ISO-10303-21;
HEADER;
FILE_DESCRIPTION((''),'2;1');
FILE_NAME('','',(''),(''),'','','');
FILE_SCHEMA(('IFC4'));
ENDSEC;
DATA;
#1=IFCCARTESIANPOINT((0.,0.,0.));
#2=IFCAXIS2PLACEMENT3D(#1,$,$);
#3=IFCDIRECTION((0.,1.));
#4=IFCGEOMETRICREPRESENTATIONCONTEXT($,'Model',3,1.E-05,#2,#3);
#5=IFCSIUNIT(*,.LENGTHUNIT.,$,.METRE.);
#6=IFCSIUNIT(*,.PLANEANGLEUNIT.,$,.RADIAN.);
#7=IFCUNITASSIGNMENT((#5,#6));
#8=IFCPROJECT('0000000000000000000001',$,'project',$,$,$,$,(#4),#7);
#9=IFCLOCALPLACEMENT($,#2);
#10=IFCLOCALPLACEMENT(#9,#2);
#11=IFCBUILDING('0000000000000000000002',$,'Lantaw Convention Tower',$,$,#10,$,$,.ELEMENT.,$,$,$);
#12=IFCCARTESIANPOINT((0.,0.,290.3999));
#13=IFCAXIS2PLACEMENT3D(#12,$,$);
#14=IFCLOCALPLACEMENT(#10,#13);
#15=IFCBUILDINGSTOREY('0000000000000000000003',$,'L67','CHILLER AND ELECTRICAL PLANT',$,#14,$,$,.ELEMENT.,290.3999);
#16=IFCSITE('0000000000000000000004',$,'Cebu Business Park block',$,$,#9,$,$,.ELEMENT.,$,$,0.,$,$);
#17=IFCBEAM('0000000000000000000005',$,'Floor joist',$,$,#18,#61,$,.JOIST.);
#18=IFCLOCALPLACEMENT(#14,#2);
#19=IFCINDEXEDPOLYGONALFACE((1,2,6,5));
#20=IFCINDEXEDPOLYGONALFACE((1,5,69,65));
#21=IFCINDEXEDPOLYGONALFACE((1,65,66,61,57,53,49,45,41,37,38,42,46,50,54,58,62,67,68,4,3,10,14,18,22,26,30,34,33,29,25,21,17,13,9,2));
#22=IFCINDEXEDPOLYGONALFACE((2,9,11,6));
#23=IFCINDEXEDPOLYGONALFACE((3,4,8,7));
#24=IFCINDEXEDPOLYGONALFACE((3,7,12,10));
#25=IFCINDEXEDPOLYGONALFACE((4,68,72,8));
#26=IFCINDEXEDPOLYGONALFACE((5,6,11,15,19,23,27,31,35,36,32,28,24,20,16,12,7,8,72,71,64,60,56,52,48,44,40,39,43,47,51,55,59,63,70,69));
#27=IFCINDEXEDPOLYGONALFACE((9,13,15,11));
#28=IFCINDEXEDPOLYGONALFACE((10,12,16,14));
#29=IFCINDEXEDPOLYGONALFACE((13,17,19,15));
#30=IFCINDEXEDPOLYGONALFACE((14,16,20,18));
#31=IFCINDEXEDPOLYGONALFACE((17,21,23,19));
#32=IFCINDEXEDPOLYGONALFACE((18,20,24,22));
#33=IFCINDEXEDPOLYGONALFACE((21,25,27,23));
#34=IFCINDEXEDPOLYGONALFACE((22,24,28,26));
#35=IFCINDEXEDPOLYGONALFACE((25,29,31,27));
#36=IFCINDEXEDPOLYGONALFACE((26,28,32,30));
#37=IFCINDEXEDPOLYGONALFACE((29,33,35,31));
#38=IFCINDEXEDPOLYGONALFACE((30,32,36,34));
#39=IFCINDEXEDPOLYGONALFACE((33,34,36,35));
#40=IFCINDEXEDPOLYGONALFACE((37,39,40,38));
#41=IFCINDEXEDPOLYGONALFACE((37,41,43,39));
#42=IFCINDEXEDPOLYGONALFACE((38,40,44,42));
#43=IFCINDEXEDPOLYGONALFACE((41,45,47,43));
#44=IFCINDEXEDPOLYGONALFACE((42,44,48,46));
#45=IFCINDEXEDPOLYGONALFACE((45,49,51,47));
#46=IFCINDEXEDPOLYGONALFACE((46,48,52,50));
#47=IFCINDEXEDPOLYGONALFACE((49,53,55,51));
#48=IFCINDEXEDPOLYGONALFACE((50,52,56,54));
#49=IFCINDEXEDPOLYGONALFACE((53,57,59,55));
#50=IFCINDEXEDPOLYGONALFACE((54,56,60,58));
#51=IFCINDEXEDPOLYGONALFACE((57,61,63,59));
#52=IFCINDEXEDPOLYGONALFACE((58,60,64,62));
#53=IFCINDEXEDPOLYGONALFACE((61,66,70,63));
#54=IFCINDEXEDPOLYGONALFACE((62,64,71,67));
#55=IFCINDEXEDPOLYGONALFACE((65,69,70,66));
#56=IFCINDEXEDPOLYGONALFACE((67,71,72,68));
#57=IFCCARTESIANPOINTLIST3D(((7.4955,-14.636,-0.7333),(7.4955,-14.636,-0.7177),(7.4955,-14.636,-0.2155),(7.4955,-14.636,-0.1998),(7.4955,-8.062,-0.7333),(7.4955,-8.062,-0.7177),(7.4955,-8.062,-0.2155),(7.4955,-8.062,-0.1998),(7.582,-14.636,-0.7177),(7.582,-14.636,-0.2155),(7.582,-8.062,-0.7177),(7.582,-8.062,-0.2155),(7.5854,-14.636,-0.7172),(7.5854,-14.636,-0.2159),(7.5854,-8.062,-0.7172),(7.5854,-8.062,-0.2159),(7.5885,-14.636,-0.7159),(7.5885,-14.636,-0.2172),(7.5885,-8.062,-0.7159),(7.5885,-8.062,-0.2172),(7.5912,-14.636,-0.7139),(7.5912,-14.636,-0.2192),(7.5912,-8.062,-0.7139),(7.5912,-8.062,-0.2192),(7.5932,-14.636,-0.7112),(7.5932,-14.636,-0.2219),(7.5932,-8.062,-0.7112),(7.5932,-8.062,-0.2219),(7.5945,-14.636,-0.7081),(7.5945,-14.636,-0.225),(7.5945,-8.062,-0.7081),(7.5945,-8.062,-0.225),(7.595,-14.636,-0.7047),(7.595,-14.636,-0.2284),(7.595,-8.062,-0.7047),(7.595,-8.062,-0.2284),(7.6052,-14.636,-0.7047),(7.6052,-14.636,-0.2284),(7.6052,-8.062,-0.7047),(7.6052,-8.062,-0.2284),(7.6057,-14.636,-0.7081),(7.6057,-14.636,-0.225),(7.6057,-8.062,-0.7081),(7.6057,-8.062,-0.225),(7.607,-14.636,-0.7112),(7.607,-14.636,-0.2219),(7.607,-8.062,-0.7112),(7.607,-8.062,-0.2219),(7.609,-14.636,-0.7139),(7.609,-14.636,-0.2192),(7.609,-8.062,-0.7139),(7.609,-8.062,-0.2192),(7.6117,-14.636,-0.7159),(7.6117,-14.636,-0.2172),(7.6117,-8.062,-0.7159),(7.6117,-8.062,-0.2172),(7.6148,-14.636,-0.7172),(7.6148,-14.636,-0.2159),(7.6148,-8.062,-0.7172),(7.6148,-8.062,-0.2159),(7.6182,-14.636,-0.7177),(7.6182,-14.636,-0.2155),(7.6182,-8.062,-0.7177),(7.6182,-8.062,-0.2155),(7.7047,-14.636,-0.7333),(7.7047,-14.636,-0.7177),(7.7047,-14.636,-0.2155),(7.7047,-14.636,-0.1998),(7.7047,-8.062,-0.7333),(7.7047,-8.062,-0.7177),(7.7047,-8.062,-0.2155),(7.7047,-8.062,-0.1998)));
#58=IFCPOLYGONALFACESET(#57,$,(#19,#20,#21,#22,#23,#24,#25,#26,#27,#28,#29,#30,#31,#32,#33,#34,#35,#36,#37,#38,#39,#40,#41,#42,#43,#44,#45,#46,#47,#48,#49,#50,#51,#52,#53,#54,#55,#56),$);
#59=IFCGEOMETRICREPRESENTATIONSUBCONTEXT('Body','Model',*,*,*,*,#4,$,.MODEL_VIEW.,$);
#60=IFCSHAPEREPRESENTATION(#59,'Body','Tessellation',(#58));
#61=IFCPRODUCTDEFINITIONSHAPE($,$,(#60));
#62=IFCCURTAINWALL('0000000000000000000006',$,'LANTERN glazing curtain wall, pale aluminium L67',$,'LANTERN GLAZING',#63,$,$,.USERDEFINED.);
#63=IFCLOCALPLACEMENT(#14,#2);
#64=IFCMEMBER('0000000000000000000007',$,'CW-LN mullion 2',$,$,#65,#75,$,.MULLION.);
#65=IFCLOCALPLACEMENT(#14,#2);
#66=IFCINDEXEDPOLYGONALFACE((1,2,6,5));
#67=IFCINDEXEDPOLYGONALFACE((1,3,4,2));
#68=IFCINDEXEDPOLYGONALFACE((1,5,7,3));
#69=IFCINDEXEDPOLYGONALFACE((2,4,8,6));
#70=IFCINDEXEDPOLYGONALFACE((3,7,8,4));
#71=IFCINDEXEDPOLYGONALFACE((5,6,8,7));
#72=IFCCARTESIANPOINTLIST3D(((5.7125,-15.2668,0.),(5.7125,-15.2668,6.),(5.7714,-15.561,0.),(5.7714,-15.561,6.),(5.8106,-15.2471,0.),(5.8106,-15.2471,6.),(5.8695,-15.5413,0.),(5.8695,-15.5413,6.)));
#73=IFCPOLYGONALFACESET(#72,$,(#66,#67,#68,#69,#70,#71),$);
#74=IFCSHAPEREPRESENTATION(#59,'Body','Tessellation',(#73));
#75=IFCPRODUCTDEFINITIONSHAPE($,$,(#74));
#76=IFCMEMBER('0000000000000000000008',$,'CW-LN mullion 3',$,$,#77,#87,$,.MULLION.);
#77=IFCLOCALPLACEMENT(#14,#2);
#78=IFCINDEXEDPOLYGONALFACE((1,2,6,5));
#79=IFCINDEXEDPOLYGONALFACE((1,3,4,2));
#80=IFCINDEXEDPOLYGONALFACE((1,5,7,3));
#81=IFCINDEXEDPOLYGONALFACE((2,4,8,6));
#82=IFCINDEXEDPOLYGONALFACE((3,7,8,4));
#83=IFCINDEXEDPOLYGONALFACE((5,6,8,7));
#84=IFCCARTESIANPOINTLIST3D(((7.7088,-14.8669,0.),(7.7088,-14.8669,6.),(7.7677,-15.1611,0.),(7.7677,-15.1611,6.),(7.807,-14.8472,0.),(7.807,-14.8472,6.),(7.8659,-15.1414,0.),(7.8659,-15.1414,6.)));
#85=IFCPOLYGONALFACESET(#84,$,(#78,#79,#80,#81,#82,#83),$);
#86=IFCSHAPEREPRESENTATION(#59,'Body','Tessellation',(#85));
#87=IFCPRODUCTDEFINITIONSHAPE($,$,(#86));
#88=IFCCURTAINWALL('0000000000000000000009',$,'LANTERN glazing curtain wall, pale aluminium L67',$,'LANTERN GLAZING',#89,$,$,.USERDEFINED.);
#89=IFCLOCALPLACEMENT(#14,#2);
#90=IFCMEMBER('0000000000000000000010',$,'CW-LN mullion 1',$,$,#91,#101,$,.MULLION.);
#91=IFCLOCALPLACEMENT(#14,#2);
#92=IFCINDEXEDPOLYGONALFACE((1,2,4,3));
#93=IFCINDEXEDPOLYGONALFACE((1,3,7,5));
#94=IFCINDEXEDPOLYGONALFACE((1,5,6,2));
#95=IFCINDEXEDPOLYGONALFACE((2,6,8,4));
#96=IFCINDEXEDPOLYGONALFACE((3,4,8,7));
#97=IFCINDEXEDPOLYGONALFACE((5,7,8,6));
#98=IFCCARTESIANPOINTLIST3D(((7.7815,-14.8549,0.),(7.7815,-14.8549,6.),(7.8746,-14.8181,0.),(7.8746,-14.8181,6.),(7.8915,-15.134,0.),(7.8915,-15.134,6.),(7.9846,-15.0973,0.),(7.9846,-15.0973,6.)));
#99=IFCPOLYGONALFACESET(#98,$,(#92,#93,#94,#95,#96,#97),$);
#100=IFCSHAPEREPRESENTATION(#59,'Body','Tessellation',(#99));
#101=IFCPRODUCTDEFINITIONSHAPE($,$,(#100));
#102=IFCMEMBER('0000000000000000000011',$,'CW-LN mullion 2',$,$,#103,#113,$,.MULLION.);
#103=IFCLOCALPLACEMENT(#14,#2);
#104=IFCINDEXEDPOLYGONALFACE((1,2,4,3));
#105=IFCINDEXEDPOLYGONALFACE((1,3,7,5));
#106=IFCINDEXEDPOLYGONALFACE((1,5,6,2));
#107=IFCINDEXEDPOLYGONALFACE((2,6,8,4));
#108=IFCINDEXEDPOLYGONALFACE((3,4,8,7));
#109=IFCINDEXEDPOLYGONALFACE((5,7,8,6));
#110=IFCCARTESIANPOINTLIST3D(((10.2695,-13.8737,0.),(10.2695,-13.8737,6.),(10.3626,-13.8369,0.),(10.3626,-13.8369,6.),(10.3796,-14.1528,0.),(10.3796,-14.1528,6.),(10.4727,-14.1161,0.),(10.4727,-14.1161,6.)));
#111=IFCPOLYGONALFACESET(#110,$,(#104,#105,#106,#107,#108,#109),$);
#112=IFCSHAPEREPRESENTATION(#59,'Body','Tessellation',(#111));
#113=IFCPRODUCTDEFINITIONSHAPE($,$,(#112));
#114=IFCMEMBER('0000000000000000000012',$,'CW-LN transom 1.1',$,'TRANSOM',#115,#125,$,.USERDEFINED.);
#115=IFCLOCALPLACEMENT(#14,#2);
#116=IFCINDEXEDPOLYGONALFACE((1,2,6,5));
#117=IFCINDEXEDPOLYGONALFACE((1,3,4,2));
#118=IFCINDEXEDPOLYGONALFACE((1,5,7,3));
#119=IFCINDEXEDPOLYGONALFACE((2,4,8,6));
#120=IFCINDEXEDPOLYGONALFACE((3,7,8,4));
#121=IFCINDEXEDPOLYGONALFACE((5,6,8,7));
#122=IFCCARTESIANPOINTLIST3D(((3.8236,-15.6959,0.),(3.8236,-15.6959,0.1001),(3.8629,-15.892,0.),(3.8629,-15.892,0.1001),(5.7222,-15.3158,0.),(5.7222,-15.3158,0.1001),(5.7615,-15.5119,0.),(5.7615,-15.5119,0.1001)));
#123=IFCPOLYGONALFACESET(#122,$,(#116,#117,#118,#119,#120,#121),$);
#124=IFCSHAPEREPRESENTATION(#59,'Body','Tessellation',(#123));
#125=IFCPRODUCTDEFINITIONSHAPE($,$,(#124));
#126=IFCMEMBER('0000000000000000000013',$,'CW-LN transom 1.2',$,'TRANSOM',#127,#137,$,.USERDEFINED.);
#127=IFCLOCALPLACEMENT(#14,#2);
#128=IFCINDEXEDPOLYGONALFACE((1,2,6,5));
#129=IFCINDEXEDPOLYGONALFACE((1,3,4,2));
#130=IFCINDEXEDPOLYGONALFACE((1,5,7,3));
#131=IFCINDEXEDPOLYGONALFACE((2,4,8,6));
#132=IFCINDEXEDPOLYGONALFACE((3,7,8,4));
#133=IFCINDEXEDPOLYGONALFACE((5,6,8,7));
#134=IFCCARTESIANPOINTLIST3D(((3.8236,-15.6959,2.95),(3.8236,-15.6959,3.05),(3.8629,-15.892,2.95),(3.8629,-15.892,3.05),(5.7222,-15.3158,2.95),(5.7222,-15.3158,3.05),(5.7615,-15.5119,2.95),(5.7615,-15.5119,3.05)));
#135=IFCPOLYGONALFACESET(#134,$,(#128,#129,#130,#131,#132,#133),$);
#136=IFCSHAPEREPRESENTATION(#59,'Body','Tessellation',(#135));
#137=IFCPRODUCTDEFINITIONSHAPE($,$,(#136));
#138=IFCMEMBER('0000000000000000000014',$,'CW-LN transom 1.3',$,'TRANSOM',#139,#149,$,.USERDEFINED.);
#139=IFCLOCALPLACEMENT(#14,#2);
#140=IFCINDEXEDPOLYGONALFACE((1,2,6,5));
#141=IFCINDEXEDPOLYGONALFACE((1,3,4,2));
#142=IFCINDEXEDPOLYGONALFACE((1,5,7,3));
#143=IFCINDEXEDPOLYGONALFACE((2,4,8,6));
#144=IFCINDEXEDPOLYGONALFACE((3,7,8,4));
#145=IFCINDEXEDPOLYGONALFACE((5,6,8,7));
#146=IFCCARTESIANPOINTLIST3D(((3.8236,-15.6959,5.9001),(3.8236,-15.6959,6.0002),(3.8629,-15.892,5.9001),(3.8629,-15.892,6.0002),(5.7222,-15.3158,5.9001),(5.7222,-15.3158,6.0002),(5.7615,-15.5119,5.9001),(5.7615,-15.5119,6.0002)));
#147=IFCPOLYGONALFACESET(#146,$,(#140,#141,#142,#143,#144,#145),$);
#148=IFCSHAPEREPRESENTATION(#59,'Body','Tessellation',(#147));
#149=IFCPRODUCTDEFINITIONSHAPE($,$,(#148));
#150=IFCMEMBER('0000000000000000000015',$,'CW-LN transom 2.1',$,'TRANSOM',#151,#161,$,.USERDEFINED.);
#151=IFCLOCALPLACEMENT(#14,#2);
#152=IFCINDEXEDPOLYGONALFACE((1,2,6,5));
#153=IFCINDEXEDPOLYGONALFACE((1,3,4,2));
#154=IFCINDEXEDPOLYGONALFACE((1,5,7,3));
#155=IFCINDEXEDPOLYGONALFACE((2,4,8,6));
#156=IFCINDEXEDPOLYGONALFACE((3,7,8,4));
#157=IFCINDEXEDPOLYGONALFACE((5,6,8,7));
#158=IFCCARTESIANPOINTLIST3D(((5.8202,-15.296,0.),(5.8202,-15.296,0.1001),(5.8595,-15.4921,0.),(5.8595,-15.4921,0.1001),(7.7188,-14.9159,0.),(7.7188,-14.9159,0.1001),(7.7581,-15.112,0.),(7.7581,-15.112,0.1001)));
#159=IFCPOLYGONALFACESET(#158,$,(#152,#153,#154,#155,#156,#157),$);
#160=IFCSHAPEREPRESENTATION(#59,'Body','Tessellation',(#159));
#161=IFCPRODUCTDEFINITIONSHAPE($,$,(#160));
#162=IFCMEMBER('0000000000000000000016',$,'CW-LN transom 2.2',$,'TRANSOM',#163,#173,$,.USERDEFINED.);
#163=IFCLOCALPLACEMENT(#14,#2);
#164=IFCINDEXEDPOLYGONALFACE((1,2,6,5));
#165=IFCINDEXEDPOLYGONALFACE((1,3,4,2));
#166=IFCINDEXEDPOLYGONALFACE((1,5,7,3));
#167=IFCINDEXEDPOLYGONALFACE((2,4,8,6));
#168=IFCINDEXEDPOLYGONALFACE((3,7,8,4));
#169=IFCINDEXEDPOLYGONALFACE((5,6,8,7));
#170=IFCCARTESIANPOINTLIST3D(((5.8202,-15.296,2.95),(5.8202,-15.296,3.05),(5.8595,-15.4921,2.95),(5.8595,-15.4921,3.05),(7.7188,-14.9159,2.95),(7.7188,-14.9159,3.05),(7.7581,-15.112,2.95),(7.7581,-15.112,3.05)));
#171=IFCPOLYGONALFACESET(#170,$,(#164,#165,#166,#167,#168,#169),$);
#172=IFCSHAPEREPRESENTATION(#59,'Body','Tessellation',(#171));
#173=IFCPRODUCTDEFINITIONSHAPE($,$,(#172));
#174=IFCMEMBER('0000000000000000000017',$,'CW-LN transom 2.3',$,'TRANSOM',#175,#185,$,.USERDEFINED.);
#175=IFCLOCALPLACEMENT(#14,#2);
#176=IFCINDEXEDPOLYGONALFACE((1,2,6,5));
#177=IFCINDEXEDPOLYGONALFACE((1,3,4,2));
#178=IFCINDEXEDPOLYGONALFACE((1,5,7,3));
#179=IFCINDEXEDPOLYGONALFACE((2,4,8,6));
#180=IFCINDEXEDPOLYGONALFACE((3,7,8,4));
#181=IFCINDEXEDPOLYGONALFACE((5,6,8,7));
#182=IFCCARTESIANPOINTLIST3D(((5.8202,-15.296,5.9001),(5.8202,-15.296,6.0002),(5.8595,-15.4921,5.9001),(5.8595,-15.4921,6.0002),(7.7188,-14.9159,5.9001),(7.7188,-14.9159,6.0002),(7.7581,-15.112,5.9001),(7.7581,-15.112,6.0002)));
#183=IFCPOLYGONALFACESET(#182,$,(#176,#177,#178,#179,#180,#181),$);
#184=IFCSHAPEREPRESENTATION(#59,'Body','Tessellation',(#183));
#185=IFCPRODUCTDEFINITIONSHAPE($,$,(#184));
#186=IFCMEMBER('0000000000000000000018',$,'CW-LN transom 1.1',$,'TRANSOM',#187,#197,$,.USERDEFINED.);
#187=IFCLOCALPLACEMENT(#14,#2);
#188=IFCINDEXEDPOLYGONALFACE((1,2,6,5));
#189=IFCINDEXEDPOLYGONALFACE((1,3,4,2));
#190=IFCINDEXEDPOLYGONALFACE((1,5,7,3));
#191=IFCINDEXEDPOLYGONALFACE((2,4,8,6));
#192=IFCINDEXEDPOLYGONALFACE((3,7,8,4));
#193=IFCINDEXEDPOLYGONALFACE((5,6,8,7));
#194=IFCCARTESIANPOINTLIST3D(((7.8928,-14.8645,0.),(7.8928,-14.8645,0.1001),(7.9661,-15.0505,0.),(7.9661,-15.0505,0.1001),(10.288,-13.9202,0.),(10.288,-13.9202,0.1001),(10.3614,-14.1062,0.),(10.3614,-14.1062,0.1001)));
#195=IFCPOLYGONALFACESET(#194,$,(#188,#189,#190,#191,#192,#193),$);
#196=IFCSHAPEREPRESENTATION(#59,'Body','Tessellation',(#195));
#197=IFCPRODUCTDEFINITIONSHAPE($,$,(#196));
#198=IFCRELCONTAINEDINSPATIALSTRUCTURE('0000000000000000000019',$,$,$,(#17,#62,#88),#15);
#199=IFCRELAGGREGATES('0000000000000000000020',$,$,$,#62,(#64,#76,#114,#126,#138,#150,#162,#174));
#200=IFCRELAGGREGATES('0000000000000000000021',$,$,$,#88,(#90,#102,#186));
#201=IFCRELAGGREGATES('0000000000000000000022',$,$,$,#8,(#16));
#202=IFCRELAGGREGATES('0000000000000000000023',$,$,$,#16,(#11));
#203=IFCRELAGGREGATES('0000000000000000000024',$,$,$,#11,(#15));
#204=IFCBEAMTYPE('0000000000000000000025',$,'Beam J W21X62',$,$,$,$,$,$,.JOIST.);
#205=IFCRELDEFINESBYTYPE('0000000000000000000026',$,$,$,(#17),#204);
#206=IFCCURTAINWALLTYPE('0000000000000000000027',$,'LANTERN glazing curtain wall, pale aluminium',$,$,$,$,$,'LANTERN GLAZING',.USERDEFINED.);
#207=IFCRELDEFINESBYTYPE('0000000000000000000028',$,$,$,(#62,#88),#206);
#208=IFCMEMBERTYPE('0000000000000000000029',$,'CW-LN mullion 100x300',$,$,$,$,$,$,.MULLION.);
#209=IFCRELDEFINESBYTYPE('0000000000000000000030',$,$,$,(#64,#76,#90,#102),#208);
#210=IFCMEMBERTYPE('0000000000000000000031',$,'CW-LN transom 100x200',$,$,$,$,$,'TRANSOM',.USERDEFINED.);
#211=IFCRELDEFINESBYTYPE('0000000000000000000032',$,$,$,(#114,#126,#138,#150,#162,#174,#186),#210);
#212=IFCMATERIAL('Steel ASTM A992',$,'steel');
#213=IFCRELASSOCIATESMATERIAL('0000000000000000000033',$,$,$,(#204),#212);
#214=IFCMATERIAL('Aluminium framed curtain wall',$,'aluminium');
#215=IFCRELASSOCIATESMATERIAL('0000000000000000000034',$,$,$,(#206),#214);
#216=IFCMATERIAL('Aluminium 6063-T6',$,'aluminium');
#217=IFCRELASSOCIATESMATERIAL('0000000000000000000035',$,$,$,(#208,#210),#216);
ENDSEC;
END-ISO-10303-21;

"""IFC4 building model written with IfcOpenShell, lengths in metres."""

from ifc_helpers import new_model, si_unit, direction, frame, origin, origin_2d, place, context, subcontext, project, spatial, rectangle, i_section, extrude, material, material_profile, profile_set, type_object, element, aggregate, save


model = new_model("IFC4")

# Units and contexts
model_context = context("Model", 3, precision=1e-05, world=origin(), true_north=direction((0.0, 1.0)))
body_context = subcontext(model_context, "Body", "Model", "MODEL_VIEW")
ifc_project = project(units=[si_unit("LENGTHUNIT", "METRE"), si_unit("PLANEANGLEUNIT", "RADIAN")], contexts=[model_context])

# Site, building, storey
site_placement = place(None, origin())
site = spatial("IfcSite", under=ifc_project, at=site_placement, Name="Cebu Business Park block", CompositionType="ELEMENT", RefElevation=0.0)
building_placement = place(site_placement, origin())
building = spatial("IfcBuilding", under=site, at=building_placement, Name="Lantaw Convention Tower", CompositionType="ELEMENT")
storey_placement = place(building_placement, frame((0.0, 0.0, 290.3999)))
storey = spatial("IfcBuildingStorey", under=building, at=storey_placement, Name="L67", Description="CHILLER AND ELECTRICAL PLANT", CompositionType="ELEMENT", Elevation=290.3999)

# Beam
ifc_material_1 = material(Name="Steel ASTM A992", Category="steel")
ifc_material_profile_1 = material_profile(ifc_material_1, i_section(OverallWidth=0.2092, OverallDepth=0.5334, WebThickness=0.0103, FlangeThickness=0.0156, FilletRadius=0.0129, at=origin_2d()), Name="W21X62")
ifc_profile_set_1 = profile_set([ifc_material_profile_1], Name="Steel ASTM A992")
beam_type = type_object("IfcBeamType", Name="Beam J W21X62", PredefinedType="JOIST", material=ifc_profile_set_1)
beam_placement = place(storey_placement, frame((7.6001, -14.636, -0.4666), z_axis=(0.0, 1.0, 0.0), x_axis=(-1.0, 0.0, 0.0)))
element("IfcBeam", 1, at=beam_placement, inside=storey, type_object=beam_type, Name="Floor joist", PredefinedType="JOIST", context=body_context, shape_type="SweptSolid", body=[
    extrude(i_section(OverallWidth=0.2092, OverallDepth=0.5334, WebThickness=0.0103, FlangeThickness=0.0156, FilletRadius=0.0129, at=origin_2d()), origin(), (0.0, 0.0, 1.0), 6.574),
])

# Curtain walls, members
ifc_material_2 = material(Name="Aluminium framed curtain wall", Category="aluminium")
curtain_wall_type = type_object("IfcCurtainWallType", Name="LANTERN glazing curtain wall, pale aluminium", ElementType="LANTERN GLAZING", PredefinedType="USERDEFINED", material=ifc_material_2)
curtain_wall_1_placement = place(storey_placement, origin())
curtain_wall_1 = element("IfcCurtainWall", 2, at=curtain_wall_1_placement, inside=storey, type_object=curtain_wall_type, Name="LANTERN glazing curtain wall, pale aluminium L67", ObjectType="LANTERN GLAZING", PredefinedType="USERDEFINED")
ifc_material_3 = material(Name="Aluminium 6063-T6", Category="aluminium")
ifc_material_profile_2 = material_profile(ifc_material_3, rectangle(XDim=0.3, YDim=0.1001, at=origin_2d()), Name="CW-LN mullion 100x300")
ifc_profile_set_2 = profile_set([ifc_material_profile_2], Name="Aluminium 6063-T6")
member_type_1 = type_object("IfcMemberType", Name="CW-LN mullion 100x300", PredefinedType="MULLION", material=ifc_profile_set_2)
member_1_placement = place(storey_placement, frame((5.791, -15.4041, 0.0), z_axis=(0.0, 0.0, 1.0), x_axis=(-0.196367, 0.98053, 0.0)))
member_1 = element("IfcMember", 3, at=member_1_placement, type_object=member_type_1, Name="CW-LN mullion 2", PredefinedType="MULLION", context=body_context, shape_type="SweptSolid", body=[
    extrude(rectangle(XDim=0.3, YDim=0.1001, at=origin_2d()), origin(), (0.0, 0.0, 1.0), 6.0),
])
member_2_placement = place(storey_placement, frame((7.7874, -15.0042, 0.0), z_axis=(0.0, 0.0, 1.0), x_axis=(-0.196367, 0.98053, 0.0)))
member_2 = element("IfcMember", 4, at=member_2_placement, type_object=member_type_1, Name="CW-LN mullion 3", PredefinedType="MULLION", context=body_context, shape_type="SweptSolid", body=[
    extrude(rectangle(XDim=0.3, YDim=0.1001, at=origin_2d()), origin(), (0.0, 0.0, 1.0), 6.0),
])
curtain_wall_2_placement = place(storey_placement, origin())
curtain_wall_2 = element("IfcCurtainWall", 5, at=curtain_wall_2_placement, inside=storey, type_object=curtain_wall_type, Name="LANTERN glazing curtain wall, pale aluminium L67", ObjectType="LANTERN GLAZING", PredefinedType="USERDEFINED")
member_3_placement = place(storey_placement, frame((7.8831, -14.9761, 0.0), z_axis=(0.0, 0.0, 1.0), x_axis=(-0.366802, 0.930299, 0.0)))
member_3 = element("IfcMember", 6, at=member_3_placement, type_object=member_type_1, Name="CW-LN mullion 1", PredefinedType="MULLION", context=body_context, shape_type="SweptSolid", body=[
    extrude(rectangle(XDim=0.3, YDim=0.1001, at=origin_2d()), origin(), (0.0, 0.0, 1.0), 6.0),
])
member_4_placement = place(storey_placement, frame((10.3711, -13.9949, 0.0), z_axis=(0.0, 0.0, 1.0), x_axis=(-0.366802, 0.930299, 0.0)))
member_4 = element("IfcMember", 7, at=member_4_placement, type_object=member_type_1, Name="CW-LN mullion 2", PredefinedType="MULLION", context=body_context, shape_type="SweptSolid", body=[
    extrude(rectangle(XDim=0.3, YDim=0.1001, at=origin_2d()), origin(), (0.0, 0.0, 1.0), 6.0),
])

# Members
ifc_material_profile_3 = material_profile(ifc_material_3, rectangle(XDim=0.2, YDim=0.1001, at=origin_2d()), Name="CW-LN transom 100x200")
ifc_profile_set_3 = profile_set([ifc_material_profile_3], Name="Aluminium 6063-T6")
member_type_2 = type_object("IfcMemberType", Name="CW-LN transom 100x200", ElementType="TRANSOM", PredefinedType="USERDEFINED", material=ifc_profile_set_3)
member_5_placement = place(storey_placement, frame((3.8433, -15.7939, 0.05), z_axis=(0.980542, 0.19631, 0.0), x_axis=(-0.19631, 0.980542, 0.0)))
member_5 = element("IfcMember", 8, at=member_5_placement, type_object=member_type_2, Name="CW-LN transom 1.1", ObjectType="TRANSOM", PredefinedType="USERDEFINED", context=body_context, shape_type="SweptSolid", body=[
    extrude(rectangle(XDim=0.2, YDim=0.1001, at=origin_2d()), origin(), (0.0, 0.0, 1.0), 1.9363),
])
member_6_placement = place(storey_placement, frame((3.8433, -15.7939, 3.0), z_axis=(0.980542, 0.19631, 0.0), x_axis=(-0.19631, 0.980542, 0.0)))
member_6 = element("IfcMember", 9, at=member_6_placement, type_object=member_type_2, Name="CW-LN transom 1.2", ObjectType="TRANSOM", PredefinedType="USERDEFINED", context=body_context, shape_type="SweptSolid", body=[
    extrude(rectangle(XDim=0.2, YDim=0.1001, at=origin_2d()), origin(), (0.0, 0.0, 1.0), 1.9363),
])
member_7_placement = place(storey_placement, frame((3.8433, -15.7939, 5.9502), z_axis=(0.980542, 0.19631, 0.0), x_axis=(-0.19631, 0.980542, 0.0)))
member_7 = element("IfcMember", 10, at=member_7_placement, type_object=member_type_2, Name="CW-LN transom 1.3", ObjectType="TRANSOM", PredefinedType="USERDEFINED", context=body_context, shape_type="SweptSolid", body=[
    extrude(rectangle(XDim=0.2, YDim=0.1001, at=origin_2d()), origin(), (0.0, 0.0, 1.0), 1.9363),
])
member_8_placement = place(storey_placement, frame((5.8398, -15.394, 0.05), z_axis=(0.980542, 0.19631, 0.0), x_axis=(-0.19631, 0.980542, 0.0)))
member_8 = element("IfcMember", 11, at=member_8_placement, type_object=member_type_2, Name="CW-LN transom 2.1", ObjectType="TRANSOM", PredefinedType="USERDEFINED", context=body_context, shape_type="SweptSolid", body=[
    extrude(rectangle(XDim=0.2, YDim=0.1001, at=origin_2d()), origin(), (0.0, 0.0, 1.0), 1.9363),
])
member_9_placement = place(storey_placement, frame((5.8398, -15.394, 3.0), z_axis=(0.980542, 0.19631, 0.0), x_axis=(-0.19631, 0.980542, 0.0)))
member_9 = element("IfcMember", 12, at=member_9_placement, type_object=member_type_2, Name="CW-LN transom 2.2", ObjectType="TRANSOM", PredefinedType="USERDEFINED", context=body_context, shape_type="SweptSolid", body=[
    extrude(rectangle(XDim=0.2, YDim=0.1001, at=origin_2d()), origin(), (0.0, 0.0, 1.0), 1.9363),
])
member_10_placement = place(storey_placement, frame((5.8398, -15.394, 5.9502), z_axis=(0.980542, 0.19631, 0.0), x_axis=(-0.19631, 0.980542, 0.0)))
member_10 = element("IfcMember", 13, at=member_10_placement, type_object=member_type_2, Name="CW-LN transom 2.3", ObjectType="TRANSOM", PredefinedType="USERDEFINED", context=body_context, shape_type="SweptSolid", body=[
    extrude(rectangle(XDim=0.2, YDim=0.1001, at=origin_2d()), origin(), (0.0, 0.0, 1.0), 1.9363),
])
member_11_placement = place(storey_placement, frame((7.9294, -14.9575, 0.05), z_axis=(0.930309, 0.366776, 0.0), x_axis=(-0.366776, 0.930309, 0.0)))
member_11 = element("IfcMember", 14, at=member_11_placement, type_object=member_type_2, Name="CW-LN transom 1.1", ObjectType="TRANSOM", PredefinedType="USERDEFINED", context=body_context, shape_type="SweptSolid", body=[
    extrude(rectangle(XDim=0.2, YDim=0.1001, at=origin_2d()), origin(), (0.0, 0.0, 1.0), 2.5747),
])

aggregate(curtain_wall_1, [member_1, member_2, member_5, member_6, member_7, member_8, member_9, member_10])
aggregate(curtain_wall_2, [member_3, member_4, member_11])

save(model, "model.ifc")
